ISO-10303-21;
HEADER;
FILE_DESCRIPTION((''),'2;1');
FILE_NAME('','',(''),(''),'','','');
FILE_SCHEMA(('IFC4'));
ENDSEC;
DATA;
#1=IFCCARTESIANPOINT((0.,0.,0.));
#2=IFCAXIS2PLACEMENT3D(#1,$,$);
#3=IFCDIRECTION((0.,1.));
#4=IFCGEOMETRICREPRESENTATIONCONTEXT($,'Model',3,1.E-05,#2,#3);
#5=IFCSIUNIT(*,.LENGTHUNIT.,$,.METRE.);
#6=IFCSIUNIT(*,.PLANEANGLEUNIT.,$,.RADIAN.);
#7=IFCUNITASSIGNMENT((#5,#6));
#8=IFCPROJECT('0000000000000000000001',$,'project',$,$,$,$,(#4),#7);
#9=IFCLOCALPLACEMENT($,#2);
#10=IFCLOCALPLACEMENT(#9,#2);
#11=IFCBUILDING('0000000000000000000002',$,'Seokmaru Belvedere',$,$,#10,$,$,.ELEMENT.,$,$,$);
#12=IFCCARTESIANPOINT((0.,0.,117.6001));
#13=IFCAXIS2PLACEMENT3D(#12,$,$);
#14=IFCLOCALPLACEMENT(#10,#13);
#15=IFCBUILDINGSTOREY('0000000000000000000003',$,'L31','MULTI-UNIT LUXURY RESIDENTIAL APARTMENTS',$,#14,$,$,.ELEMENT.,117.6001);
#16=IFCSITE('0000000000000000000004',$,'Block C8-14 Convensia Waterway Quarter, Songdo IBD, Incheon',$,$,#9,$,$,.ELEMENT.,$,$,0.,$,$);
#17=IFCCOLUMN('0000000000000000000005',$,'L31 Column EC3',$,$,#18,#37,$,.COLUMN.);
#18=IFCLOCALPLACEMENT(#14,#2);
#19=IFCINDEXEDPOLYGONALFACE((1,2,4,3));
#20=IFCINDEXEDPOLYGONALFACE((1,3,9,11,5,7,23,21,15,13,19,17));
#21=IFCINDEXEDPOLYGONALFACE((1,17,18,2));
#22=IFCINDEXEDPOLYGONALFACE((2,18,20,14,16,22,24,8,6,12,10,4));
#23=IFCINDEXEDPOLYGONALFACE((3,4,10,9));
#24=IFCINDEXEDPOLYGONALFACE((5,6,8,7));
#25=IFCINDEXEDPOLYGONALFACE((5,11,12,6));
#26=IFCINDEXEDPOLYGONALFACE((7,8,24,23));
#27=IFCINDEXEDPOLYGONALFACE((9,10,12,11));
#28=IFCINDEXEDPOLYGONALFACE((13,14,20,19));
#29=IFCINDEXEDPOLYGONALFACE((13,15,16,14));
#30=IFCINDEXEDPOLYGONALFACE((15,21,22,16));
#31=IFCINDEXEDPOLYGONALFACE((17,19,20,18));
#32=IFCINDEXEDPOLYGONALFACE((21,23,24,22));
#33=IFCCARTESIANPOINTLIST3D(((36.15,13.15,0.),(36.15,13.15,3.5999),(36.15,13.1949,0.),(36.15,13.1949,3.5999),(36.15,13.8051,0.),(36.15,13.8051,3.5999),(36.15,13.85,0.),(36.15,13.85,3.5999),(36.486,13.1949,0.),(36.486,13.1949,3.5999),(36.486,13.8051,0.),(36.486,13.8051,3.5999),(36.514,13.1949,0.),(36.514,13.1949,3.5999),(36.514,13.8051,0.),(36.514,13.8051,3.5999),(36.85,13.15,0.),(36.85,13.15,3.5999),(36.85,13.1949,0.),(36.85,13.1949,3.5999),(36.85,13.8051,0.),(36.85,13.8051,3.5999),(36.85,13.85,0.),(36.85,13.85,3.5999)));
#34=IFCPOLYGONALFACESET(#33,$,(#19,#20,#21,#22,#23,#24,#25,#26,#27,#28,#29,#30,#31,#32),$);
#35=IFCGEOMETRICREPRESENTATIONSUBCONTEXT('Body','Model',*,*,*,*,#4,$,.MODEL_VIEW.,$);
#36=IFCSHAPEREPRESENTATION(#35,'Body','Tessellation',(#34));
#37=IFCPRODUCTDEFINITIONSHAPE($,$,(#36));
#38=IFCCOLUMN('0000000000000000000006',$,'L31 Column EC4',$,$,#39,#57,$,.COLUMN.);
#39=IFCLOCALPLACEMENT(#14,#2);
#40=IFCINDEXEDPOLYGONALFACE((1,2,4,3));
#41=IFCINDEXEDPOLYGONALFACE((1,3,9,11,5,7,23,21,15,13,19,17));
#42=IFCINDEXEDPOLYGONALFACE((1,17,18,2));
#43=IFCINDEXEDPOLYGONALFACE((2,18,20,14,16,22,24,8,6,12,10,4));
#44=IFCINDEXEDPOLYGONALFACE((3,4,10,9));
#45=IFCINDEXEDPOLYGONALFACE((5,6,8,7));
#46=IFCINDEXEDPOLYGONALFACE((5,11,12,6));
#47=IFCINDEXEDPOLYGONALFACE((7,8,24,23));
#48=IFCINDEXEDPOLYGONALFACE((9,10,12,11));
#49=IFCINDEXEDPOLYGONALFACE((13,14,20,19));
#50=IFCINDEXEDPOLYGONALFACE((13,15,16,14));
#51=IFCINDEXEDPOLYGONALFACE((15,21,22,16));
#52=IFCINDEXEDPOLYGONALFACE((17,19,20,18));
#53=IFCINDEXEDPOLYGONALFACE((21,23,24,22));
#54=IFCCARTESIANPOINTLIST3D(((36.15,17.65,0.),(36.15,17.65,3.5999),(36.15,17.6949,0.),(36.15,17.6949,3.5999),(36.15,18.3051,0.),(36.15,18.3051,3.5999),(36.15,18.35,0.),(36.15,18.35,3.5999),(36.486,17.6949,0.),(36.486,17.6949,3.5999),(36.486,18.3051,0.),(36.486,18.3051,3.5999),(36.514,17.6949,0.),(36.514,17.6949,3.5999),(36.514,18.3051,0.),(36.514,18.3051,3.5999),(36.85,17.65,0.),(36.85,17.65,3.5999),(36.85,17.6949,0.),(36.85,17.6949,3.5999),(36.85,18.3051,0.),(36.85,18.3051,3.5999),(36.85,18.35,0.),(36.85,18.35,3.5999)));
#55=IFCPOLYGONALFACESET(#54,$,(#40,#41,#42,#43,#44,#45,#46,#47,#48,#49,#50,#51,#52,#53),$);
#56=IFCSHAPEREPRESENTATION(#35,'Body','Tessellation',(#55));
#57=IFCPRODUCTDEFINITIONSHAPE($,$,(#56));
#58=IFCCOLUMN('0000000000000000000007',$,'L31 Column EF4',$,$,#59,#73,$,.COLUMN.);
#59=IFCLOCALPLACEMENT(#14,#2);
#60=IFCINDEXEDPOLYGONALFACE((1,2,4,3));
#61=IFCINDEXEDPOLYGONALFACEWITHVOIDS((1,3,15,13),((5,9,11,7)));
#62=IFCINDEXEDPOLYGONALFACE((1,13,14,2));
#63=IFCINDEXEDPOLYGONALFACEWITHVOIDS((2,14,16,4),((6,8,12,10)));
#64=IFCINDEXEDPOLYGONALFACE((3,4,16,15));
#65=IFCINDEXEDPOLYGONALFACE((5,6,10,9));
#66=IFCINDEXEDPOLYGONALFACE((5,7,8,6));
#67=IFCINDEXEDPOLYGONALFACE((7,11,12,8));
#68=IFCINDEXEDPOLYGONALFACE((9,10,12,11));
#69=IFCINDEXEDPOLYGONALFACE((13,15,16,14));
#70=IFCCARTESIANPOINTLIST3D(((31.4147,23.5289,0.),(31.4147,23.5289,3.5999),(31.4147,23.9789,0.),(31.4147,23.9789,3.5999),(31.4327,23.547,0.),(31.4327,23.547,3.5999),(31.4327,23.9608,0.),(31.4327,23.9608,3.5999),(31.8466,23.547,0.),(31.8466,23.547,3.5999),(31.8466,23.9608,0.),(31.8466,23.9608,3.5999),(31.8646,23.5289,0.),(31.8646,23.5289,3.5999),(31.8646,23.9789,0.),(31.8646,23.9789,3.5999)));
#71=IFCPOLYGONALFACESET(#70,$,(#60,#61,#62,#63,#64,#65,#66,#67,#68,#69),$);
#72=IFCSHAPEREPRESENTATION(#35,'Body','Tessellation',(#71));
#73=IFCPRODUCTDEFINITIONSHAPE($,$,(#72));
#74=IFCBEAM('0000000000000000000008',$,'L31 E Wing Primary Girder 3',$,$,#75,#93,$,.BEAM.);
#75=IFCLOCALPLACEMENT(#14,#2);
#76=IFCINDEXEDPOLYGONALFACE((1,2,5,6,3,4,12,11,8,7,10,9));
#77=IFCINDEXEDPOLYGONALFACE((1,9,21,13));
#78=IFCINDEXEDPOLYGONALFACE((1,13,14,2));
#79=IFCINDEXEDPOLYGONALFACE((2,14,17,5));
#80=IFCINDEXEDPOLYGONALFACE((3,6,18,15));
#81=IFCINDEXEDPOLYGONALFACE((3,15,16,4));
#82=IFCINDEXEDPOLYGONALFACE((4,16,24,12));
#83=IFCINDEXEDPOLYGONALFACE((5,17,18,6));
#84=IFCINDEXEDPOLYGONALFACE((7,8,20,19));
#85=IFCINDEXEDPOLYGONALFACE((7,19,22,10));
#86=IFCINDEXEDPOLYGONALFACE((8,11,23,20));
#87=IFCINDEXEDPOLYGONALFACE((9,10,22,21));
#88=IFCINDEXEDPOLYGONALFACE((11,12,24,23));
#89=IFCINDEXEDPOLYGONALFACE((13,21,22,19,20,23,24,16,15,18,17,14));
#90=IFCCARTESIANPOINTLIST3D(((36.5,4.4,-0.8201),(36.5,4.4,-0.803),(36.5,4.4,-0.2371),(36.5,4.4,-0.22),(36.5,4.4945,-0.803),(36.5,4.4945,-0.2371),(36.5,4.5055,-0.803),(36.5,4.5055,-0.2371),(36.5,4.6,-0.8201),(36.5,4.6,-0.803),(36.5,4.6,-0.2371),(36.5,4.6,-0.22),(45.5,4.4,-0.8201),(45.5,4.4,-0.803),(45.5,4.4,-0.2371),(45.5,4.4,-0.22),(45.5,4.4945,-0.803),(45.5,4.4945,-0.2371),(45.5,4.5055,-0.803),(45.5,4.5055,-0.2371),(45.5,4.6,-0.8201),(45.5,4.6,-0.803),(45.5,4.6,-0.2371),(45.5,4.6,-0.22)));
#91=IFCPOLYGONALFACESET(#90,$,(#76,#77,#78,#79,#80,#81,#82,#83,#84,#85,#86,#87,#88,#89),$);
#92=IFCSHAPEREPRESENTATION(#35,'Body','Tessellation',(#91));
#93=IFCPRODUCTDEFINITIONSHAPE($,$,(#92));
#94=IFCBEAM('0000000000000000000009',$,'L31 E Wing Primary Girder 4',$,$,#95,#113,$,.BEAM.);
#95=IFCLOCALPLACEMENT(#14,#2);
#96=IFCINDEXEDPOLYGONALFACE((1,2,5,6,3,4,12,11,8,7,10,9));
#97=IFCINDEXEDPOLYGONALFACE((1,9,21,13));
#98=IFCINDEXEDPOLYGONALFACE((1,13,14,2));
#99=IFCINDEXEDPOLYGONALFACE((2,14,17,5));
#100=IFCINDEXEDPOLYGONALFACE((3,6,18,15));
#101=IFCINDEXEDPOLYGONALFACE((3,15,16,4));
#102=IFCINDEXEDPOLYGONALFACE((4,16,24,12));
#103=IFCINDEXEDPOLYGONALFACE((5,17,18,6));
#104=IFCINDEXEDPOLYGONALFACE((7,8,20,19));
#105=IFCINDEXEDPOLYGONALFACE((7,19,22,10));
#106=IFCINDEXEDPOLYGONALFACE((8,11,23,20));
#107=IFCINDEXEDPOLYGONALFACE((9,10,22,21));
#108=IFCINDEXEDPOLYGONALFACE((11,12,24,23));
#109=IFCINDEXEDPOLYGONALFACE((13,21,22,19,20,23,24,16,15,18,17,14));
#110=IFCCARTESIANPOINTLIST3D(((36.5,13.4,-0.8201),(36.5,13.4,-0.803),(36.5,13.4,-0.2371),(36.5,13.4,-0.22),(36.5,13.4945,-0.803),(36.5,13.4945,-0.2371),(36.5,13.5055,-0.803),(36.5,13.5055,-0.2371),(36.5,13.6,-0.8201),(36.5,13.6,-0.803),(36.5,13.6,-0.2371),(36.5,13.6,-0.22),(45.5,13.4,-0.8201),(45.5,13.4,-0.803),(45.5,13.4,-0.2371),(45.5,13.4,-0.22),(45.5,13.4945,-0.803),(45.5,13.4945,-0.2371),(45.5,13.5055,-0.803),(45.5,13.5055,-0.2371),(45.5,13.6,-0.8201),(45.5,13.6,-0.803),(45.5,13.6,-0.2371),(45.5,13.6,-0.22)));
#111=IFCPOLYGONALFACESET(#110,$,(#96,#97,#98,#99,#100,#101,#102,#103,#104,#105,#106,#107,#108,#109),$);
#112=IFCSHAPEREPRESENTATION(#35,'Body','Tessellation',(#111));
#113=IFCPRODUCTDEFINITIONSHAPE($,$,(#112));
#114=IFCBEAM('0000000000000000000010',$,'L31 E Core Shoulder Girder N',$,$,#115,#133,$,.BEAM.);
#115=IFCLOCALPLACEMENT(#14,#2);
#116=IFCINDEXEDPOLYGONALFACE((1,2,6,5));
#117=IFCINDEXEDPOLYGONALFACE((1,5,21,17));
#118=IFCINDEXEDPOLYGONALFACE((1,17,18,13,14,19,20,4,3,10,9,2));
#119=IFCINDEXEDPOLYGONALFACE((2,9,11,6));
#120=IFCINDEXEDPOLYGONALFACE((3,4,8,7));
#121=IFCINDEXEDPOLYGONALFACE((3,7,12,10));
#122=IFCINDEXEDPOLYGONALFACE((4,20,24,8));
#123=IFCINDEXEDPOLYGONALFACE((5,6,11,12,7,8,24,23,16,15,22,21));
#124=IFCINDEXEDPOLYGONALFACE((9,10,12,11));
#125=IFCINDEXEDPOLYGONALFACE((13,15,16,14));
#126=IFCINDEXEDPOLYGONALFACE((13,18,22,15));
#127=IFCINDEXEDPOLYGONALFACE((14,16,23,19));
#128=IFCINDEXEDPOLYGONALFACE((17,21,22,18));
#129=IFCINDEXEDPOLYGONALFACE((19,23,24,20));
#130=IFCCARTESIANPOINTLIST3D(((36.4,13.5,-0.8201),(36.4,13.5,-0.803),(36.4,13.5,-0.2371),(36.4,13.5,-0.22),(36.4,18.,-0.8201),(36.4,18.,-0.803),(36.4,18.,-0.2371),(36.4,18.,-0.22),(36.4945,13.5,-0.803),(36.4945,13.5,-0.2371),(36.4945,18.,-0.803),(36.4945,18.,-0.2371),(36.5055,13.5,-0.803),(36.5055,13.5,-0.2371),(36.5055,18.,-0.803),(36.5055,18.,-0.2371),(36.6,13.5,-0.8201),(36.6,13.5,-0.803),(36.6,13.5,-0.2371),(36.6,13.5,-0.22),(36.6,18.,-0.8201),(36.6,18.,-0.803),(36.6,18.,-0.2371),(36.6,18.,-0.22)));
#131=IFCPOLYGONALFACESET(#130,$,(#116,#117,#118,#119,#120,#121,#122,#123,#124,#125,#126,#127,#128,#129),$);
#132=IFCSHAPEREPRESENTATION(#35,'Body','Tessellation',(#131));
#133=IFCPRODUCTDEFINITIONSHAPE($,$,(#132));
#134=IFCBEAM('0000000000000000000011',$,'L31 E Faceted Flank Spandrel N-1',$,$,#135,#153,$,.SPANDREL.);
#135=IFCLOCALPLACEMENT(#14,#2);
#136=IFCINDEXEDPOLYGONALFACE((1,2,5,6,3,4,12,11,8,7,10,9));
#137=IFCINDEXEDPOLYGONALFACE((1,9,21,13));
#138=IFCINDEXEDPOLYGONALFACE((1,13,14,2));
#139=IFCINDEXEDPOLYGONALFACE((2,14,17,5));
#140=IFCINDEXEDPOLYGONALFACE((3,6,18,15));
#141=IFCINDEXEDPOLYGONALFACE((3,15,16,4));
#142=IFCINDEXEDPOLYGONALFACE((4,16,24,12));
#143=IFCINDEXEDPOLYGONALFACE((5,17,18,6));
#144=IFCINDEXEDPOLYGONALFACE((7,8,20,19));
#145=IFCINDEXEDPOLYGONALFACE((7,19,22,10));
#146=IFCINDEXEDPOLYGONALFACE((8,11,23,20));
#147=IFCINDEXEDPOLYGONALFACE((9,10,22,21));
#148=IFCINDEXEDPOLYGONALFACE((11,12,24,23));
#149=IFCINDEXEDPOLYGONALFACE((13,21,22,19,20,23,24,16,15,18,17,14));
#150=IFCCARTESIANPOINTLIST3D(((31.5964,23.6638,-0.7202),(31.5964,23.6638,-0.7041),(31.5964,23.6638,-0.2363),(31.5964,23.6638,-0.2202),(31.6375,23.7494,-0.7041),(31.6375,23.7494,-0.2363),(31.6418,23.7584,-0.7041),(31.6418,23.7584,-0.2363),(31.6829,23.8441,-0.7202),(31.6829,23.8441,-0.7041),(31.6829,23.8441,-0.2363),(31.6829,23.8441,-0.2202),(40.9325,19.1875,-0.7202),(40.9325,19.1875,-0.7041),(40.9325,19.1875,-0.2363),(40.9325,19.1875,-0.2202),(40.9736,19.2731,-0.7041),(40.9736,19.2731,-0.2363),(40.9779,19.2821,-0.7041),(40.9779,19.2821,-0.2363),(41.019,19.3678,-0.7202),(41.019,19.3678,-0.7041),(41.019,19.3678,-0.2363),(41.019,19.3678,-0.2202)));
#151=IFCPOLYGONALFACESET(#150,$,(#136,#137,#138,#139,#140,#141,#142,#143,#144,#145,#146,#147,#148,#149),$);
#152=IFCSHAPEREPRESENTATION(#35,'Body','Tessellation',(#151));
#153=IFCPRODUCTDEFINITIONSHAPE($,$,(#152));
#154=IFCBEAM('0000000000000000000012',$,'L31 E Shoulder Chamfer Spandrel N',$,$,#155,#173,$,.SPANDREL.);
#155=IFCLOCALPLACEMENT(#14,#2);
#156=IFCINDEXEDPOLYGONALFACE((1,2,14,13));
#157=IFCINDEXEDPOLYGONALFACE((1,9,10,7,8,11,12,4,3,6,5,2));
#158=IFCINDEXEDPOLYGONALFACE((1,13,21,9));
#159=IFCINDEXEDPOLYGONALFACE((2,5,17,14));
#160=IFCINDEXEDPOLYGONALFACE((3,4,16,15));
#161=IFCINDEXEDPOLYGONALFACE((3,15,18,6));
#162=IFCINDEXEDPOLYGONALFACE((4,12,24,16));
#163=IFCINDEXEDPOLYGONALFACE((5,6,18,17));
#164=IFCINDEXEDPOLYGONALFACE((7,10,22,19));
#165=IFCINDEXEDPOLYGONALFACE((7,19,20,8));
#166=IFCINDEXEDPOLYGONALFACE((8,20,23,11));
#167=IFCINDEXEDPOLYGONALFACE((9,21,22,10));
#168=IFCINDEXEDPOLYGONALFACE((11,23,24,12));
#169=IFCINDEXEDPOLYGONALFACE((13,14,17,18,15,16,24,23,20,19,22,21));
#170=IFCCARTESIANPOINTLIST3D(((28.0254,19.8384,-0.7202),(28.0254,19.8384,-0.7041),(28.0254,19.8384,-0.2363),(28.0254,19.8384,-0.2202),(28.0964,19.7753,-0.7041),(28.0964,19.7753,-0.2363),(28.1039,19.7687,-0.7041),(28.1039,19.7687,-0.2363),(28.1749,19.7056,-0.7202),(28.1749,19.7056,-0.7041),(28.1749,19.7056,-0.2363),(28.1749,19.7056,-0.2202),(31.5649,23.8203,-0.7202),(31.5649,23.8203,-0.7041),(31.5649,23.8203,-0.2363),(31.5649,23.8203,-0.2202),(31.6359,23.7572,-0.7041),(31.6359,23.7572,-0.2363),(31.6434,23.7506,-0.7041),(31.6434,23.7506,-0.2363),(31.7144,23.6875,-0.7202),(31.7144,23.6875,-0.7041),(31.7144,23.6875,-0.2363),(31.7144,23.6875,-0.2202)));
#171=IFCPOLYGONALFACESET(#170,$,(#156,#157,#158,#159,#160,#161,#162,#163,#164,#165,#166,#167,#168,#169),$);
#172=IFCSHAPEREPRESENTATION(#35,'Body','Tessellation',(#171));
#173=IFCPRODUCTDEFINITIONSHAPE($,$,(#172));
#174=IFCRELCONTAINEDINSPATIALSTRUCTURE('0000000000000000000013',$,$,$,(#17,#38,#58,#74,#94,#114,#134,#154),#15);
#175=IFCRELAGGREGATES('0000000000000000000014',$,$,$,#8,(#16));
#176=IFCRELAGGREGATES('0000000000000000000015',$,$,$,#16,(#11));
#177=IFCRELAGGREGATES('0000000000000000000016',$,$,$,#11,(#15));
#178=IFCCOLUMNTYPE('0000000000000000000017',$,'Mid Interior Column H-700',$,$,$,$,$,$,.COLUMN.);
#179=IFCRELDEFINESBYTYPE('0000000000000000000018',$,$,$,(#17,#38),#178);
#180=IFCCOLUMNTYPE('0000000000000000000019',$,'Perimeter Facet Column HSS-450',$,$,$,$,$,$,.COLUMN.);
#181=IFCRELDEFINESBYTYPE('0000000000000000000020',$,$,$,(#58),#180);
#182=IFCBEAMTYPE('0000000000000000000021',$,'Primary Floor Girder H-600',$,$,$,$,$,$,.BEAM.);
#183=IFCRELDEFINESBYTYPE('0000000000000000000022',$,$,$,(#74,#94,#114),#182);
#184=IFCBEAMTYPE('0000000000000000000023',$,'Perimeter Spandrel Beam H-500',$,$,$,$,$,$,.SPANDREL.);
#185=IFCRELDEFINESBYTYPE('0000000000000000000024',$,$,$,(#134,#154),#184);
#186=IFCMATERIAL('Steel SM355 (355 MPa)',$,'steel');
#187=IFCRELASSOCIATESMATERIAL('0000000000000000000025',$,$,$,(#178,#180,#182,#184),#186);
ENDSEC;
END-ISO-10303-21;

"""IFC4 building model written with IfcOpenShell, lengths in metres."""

from ifc_helpers import new_model, si_unit, direction, frame, origin, origin_2d, place, context, subcontext, project, spatial, hollow_rectangle, i_section, extrude, source, transform, mapped, material, material_profile, profile_set, type_object, type_shapes, element, save


model = new_model("IFC4")

# Units and contexts
model_context = context("Model", 3, precision=1e-05, world=origin(), true_north=direction((0.0, 1.0)))
body_context = subcontext(model_context, "Body", "Model", "MODEL_VIEW")
ifc_project = project(units=[si_unit("LENGTHUNIT", "METRE"), si_unit("PLANEANGLEUNIT", "RADIAN")], contexts=[model_context])

# Site, building, storey
site_placement = place(None, origin())
site = spatial("IfcSite", under=ifc_project, at=site_placement, Name="Block C8-14 Convensia Waterway Quarter, Songdo IBD, Incheon", CompositionType="ELEMENT", RefElevation=0.0)
building_placement = place(site_placement, origin())
building = spatial("IfcBuilding", under=site, at=building_placement, Name="Seokmaru Belvedere", CompositionType="ELEMENT")
storey_placement = place(building_placement, frame((0.0, 0.0, 117.6001)))
storey = spatial("IfcBuildingStorey", under=building, at=storey_placement, Name="L31", Description="MULTI-UNIT LUXURY RESIDENTIAL APARTMENTS", CompositionType="ELEMENT", Elevation=117.6001)

# Columns
ifc_material_1 = material(Name="Steel SM355 (355 MPa)", Category="steel")
ifc_material_profile_1 = material_profile(ifc_material_1, i_section(OverallWidth=0.7, OverallDepth=0.7, WebThickness=0.0281, FlangeThickness=0.0449, at=origin_2d()), Name="H-700x700x28x45")
ifc_profile_set_1 = profile_set([ifc_material_profile_1], Name="Steel SM355 (355 MPa)")
column_type_1 = type_object("IfcColumnType", Name="Mid Interior Column H-700", PredefinedType="COLUMN", material=ifc_profile_set_1)
shared_shape_1 = source(origin(), body_context, "Body", "SweptSolid", [
    extrude(i_section(OverallWidth=0.7, OverallDepth=0.7, WebThickness=0.0281, FlangeThickness=0.0449, at=origin_2d()), origin(), (0.0, 0.0, 1.0), 3.5999),
])
type_shapes(column_type_1, [shared_shape_1])
for number, where, z_axis, x_axis, name in (
    (1, (36.5, 13.5, 0.0), (0.0, 0.0, 1.0), (1.0, 0.0, 0.0), "L31 Column EC3"),
    (2, (36.5, 18.0, 0.0), (0.0, 0.0, 1.0), (1.0, 0.0, 0.0), "L31 Column EC4"),
):
    element("IfcColumn", number, at=place(storey_placement, frame(where, z_axis=z_axis, x_axis=x_axis)), inside=storey, type_object=column_type_1, Name=name, PredefinedType="COLUMN", context=body_context, shape_type="MappedRepresentation", body=[
        mapped(shared_shape_1, transform((0.0, 0.0, 0.0), scale=1.0)),
    ])
ifc_material_profile_2 = material_profile(ifc_material_1, hollow_rectangle(XDim=0.45, YDim=0.45, WallThickness=0.0181, at=origin_2d()), Name="HSS-450x450x18")
ifc_profile_set_2 = profile_set([ifc_material_profile_2], Name="Steel SM355 (355 MPa)")
column_type_2 = type_object("IfcColumnType", Name="Perimeter Facet Column HSS-450", PredefinedType="COLUMN", material=ifc_profile_set_2)
shared_shape_2 = source(origin(), body_context, "Body", "SweptSolid", [
    extrude(hollow_rectangle(XDim=0.45, YDim=0.45, WallThickness=0.0181, at=origin_2d()), origin(), (0.0, 0.0, 1.0), 3.5999),
])
type_shapes(column_type_2, [shared_shape_2])
column_placement = place(storey_placement, frame((31.6396, 23.7539, 0.0), z_axis=(0.0, 0.0, 1.0), x_axis=(1.0, 0.0, 0.0)))
element("IfcColumn", 3, at=column_placement, inside=storey, type_object=column_type_2, Name="L31 Column EF4", PredefinedType="COLUMN", context=body_context, shape_type="MappedRepresentation", body=[
    mapped(shared_shape_2, transform((0.0, 0.0, 0.0), scale=1.0)),
])

# Beams
ifc_material_profile_3 = material_profile(ifc_material_1, i_section(OverallWidth=0.2, OverallDepth=0.6001, WebThickness=0.011, FlangeThickness=0.0171, at=origin_2d()), Name="H-600x200x11x17")
ifc_profile_set_3 = profile_set([ifc_material_profile_3], Name="Steel SM355 (355 MPa)")
beam_type_1 = type_object("IfcBeamType", Name="Primary Floor Girder H-600", PredefinedType="BEAM", material=ifc_profile_set_3)
shared_shape_3 = source(origin(), body_context, "Body", "SweptSolid", [
    extrude(i_section(OverallWidth=0.2, OverallDepth=0.6001, WebThickness=0.011, FlangeThickness=0.0171, at=origin_2d()), origin(), (0.0, 0.0, 1.0), 9.0),
])
for number, where, z_axis, x_axis, name in (
    (4, (36.5, 4.5, -0.52), (1.0, 0.0, 0.0), (0.0, 1.0, 0.0), "L31 E Wing Primary Girder 3"),
    (5, (36.5, 13.5, -0.52), (1.0, 0.0, 0.0), (0.0, 1.0, 0.0), "L31 E Wing Primary Girder 4"),
):
    element("IfcBeam", number, at=place(storey_placement, frame(where, z_axis=z_axis, x_axis=x_axis)), inside=storey, type_object=beam_type_1, Name=name, PredefinedType="BEAM", context=body_context, shape_type="MappedRepresentation", body=[
        mapped(shared_shape_3, transform((0.0, 0.0, 0.0), scale=1.0)),
    ])
shared_shape_4 = source(origin(), body_context, "Body", "SweptSolid", [
    extrude(i_section(OverallWidth=0.2, OverallDepth=0.6001, WebThickness=0.011, FlangeThickness=0.0171, at=origin_2d()), origin(), (0.0, 0.0, 1.0), 4.5),
])
type_shapes(beam_type_1, [shared_shape_3, shared_shape_4])
beam_1_placement = place(storey_placement, frame((36.5, 13.5, -0.52), z_axis=(0.0, 1.0, 0.0), x_axis=(-1.0, 0.0, 0.0)))
element("IfcBeam", 6, at=beam_1_placement, inside=storey, type_object=beam_type_1, Name="L31 E Core Shoulder Girder N", PredefinedType="BEAM", context=body_context, shape_type="MappedRepresentation", body=[
    mapped(shared_shape_4, transform((0.0, 0.0, 0.0), scale=1.0)),
])
ifc_material_profile_4 = material_profile(ifc_material_1, i_section(OverallWidth=0.2, OverallDepth=0.5, WebThickness=0.01, FlangeThickness=0.0161, at=origin_2d()), Name="H-500x200x10x16")
ifc_profile_set_4 = profile_set([ifc_material_profile_4], Name="Steel SM355 (355 MPa)")
beam_type_2 = type_object("IfcBeamType", Name="Perimeter Spandrel Beam H-500", PredefinedType="SPANDREL", material=ifc_profile_set_4)
shared_shape_5 = source(origin(), body_context, "Body", "SweptSolid", [
    extrude(i_section(OverallWidth=0.2, OverallDepth=0.5, WebThickness=0.01, FlangeThickness=0.0161, at=origin_2d()), origin(), (0.0, 0.0, 1.0), 10.3538),
])
beam_2_placement = place(storey_placement, frame((31.6396, 23.7539, -0.4702), z_axis=(0.901713, -0.432335, 0.0), x_axis=(0.432335, 0.901713, 0.0)))
element("IfcBeam", 7, at=beam_2_placement, inside=storey, type_object=beam_type_2, Name="L31 E Faceted Flank Spandrel N-1", PredefinedType="SPANDREL", context=body_context, shape_type="MappedRepresentation", body=[
    mapped(shared_shape_5, transform((0.0, 0.0, 0.0), scale=1.0)),
])
shared_shape_6 = source(origin(), body_context, "Body", "SweptSolid", [
    extrude(i_section(OverallWidth=0.2, OverallDepth=0.5, WebThickness=0.01, FlangeThickness=0.0161, at=origin_2d()), origin(), (0.0, 0.0, 1.0), 5.3276),
])
type_shapes(beam_type_2, [shared_shape_5, shared_shape_6])
beam_3_placement = place(storey_placement, frame((31.6396, 23.7539, -0.4702), z_axis=(-0.66437, -0.747404, 0.0), x_axis=(0.747404, -0.66437, 0.0)))
element("IfcBeam", 8, at=beam_3_placement, inside=storey, type_object=beam_type_2, Name="L31 E Shoulder Chamfer Spandrel N", PredefinedType="SPANDREL", context=body_context, shape_type="MappedRepresentation", body=[
    mapped(shared_shape_6, transform((0.0, 0.0, 0.0), scale=1.0)),
])

save(model, "model.ifc")
